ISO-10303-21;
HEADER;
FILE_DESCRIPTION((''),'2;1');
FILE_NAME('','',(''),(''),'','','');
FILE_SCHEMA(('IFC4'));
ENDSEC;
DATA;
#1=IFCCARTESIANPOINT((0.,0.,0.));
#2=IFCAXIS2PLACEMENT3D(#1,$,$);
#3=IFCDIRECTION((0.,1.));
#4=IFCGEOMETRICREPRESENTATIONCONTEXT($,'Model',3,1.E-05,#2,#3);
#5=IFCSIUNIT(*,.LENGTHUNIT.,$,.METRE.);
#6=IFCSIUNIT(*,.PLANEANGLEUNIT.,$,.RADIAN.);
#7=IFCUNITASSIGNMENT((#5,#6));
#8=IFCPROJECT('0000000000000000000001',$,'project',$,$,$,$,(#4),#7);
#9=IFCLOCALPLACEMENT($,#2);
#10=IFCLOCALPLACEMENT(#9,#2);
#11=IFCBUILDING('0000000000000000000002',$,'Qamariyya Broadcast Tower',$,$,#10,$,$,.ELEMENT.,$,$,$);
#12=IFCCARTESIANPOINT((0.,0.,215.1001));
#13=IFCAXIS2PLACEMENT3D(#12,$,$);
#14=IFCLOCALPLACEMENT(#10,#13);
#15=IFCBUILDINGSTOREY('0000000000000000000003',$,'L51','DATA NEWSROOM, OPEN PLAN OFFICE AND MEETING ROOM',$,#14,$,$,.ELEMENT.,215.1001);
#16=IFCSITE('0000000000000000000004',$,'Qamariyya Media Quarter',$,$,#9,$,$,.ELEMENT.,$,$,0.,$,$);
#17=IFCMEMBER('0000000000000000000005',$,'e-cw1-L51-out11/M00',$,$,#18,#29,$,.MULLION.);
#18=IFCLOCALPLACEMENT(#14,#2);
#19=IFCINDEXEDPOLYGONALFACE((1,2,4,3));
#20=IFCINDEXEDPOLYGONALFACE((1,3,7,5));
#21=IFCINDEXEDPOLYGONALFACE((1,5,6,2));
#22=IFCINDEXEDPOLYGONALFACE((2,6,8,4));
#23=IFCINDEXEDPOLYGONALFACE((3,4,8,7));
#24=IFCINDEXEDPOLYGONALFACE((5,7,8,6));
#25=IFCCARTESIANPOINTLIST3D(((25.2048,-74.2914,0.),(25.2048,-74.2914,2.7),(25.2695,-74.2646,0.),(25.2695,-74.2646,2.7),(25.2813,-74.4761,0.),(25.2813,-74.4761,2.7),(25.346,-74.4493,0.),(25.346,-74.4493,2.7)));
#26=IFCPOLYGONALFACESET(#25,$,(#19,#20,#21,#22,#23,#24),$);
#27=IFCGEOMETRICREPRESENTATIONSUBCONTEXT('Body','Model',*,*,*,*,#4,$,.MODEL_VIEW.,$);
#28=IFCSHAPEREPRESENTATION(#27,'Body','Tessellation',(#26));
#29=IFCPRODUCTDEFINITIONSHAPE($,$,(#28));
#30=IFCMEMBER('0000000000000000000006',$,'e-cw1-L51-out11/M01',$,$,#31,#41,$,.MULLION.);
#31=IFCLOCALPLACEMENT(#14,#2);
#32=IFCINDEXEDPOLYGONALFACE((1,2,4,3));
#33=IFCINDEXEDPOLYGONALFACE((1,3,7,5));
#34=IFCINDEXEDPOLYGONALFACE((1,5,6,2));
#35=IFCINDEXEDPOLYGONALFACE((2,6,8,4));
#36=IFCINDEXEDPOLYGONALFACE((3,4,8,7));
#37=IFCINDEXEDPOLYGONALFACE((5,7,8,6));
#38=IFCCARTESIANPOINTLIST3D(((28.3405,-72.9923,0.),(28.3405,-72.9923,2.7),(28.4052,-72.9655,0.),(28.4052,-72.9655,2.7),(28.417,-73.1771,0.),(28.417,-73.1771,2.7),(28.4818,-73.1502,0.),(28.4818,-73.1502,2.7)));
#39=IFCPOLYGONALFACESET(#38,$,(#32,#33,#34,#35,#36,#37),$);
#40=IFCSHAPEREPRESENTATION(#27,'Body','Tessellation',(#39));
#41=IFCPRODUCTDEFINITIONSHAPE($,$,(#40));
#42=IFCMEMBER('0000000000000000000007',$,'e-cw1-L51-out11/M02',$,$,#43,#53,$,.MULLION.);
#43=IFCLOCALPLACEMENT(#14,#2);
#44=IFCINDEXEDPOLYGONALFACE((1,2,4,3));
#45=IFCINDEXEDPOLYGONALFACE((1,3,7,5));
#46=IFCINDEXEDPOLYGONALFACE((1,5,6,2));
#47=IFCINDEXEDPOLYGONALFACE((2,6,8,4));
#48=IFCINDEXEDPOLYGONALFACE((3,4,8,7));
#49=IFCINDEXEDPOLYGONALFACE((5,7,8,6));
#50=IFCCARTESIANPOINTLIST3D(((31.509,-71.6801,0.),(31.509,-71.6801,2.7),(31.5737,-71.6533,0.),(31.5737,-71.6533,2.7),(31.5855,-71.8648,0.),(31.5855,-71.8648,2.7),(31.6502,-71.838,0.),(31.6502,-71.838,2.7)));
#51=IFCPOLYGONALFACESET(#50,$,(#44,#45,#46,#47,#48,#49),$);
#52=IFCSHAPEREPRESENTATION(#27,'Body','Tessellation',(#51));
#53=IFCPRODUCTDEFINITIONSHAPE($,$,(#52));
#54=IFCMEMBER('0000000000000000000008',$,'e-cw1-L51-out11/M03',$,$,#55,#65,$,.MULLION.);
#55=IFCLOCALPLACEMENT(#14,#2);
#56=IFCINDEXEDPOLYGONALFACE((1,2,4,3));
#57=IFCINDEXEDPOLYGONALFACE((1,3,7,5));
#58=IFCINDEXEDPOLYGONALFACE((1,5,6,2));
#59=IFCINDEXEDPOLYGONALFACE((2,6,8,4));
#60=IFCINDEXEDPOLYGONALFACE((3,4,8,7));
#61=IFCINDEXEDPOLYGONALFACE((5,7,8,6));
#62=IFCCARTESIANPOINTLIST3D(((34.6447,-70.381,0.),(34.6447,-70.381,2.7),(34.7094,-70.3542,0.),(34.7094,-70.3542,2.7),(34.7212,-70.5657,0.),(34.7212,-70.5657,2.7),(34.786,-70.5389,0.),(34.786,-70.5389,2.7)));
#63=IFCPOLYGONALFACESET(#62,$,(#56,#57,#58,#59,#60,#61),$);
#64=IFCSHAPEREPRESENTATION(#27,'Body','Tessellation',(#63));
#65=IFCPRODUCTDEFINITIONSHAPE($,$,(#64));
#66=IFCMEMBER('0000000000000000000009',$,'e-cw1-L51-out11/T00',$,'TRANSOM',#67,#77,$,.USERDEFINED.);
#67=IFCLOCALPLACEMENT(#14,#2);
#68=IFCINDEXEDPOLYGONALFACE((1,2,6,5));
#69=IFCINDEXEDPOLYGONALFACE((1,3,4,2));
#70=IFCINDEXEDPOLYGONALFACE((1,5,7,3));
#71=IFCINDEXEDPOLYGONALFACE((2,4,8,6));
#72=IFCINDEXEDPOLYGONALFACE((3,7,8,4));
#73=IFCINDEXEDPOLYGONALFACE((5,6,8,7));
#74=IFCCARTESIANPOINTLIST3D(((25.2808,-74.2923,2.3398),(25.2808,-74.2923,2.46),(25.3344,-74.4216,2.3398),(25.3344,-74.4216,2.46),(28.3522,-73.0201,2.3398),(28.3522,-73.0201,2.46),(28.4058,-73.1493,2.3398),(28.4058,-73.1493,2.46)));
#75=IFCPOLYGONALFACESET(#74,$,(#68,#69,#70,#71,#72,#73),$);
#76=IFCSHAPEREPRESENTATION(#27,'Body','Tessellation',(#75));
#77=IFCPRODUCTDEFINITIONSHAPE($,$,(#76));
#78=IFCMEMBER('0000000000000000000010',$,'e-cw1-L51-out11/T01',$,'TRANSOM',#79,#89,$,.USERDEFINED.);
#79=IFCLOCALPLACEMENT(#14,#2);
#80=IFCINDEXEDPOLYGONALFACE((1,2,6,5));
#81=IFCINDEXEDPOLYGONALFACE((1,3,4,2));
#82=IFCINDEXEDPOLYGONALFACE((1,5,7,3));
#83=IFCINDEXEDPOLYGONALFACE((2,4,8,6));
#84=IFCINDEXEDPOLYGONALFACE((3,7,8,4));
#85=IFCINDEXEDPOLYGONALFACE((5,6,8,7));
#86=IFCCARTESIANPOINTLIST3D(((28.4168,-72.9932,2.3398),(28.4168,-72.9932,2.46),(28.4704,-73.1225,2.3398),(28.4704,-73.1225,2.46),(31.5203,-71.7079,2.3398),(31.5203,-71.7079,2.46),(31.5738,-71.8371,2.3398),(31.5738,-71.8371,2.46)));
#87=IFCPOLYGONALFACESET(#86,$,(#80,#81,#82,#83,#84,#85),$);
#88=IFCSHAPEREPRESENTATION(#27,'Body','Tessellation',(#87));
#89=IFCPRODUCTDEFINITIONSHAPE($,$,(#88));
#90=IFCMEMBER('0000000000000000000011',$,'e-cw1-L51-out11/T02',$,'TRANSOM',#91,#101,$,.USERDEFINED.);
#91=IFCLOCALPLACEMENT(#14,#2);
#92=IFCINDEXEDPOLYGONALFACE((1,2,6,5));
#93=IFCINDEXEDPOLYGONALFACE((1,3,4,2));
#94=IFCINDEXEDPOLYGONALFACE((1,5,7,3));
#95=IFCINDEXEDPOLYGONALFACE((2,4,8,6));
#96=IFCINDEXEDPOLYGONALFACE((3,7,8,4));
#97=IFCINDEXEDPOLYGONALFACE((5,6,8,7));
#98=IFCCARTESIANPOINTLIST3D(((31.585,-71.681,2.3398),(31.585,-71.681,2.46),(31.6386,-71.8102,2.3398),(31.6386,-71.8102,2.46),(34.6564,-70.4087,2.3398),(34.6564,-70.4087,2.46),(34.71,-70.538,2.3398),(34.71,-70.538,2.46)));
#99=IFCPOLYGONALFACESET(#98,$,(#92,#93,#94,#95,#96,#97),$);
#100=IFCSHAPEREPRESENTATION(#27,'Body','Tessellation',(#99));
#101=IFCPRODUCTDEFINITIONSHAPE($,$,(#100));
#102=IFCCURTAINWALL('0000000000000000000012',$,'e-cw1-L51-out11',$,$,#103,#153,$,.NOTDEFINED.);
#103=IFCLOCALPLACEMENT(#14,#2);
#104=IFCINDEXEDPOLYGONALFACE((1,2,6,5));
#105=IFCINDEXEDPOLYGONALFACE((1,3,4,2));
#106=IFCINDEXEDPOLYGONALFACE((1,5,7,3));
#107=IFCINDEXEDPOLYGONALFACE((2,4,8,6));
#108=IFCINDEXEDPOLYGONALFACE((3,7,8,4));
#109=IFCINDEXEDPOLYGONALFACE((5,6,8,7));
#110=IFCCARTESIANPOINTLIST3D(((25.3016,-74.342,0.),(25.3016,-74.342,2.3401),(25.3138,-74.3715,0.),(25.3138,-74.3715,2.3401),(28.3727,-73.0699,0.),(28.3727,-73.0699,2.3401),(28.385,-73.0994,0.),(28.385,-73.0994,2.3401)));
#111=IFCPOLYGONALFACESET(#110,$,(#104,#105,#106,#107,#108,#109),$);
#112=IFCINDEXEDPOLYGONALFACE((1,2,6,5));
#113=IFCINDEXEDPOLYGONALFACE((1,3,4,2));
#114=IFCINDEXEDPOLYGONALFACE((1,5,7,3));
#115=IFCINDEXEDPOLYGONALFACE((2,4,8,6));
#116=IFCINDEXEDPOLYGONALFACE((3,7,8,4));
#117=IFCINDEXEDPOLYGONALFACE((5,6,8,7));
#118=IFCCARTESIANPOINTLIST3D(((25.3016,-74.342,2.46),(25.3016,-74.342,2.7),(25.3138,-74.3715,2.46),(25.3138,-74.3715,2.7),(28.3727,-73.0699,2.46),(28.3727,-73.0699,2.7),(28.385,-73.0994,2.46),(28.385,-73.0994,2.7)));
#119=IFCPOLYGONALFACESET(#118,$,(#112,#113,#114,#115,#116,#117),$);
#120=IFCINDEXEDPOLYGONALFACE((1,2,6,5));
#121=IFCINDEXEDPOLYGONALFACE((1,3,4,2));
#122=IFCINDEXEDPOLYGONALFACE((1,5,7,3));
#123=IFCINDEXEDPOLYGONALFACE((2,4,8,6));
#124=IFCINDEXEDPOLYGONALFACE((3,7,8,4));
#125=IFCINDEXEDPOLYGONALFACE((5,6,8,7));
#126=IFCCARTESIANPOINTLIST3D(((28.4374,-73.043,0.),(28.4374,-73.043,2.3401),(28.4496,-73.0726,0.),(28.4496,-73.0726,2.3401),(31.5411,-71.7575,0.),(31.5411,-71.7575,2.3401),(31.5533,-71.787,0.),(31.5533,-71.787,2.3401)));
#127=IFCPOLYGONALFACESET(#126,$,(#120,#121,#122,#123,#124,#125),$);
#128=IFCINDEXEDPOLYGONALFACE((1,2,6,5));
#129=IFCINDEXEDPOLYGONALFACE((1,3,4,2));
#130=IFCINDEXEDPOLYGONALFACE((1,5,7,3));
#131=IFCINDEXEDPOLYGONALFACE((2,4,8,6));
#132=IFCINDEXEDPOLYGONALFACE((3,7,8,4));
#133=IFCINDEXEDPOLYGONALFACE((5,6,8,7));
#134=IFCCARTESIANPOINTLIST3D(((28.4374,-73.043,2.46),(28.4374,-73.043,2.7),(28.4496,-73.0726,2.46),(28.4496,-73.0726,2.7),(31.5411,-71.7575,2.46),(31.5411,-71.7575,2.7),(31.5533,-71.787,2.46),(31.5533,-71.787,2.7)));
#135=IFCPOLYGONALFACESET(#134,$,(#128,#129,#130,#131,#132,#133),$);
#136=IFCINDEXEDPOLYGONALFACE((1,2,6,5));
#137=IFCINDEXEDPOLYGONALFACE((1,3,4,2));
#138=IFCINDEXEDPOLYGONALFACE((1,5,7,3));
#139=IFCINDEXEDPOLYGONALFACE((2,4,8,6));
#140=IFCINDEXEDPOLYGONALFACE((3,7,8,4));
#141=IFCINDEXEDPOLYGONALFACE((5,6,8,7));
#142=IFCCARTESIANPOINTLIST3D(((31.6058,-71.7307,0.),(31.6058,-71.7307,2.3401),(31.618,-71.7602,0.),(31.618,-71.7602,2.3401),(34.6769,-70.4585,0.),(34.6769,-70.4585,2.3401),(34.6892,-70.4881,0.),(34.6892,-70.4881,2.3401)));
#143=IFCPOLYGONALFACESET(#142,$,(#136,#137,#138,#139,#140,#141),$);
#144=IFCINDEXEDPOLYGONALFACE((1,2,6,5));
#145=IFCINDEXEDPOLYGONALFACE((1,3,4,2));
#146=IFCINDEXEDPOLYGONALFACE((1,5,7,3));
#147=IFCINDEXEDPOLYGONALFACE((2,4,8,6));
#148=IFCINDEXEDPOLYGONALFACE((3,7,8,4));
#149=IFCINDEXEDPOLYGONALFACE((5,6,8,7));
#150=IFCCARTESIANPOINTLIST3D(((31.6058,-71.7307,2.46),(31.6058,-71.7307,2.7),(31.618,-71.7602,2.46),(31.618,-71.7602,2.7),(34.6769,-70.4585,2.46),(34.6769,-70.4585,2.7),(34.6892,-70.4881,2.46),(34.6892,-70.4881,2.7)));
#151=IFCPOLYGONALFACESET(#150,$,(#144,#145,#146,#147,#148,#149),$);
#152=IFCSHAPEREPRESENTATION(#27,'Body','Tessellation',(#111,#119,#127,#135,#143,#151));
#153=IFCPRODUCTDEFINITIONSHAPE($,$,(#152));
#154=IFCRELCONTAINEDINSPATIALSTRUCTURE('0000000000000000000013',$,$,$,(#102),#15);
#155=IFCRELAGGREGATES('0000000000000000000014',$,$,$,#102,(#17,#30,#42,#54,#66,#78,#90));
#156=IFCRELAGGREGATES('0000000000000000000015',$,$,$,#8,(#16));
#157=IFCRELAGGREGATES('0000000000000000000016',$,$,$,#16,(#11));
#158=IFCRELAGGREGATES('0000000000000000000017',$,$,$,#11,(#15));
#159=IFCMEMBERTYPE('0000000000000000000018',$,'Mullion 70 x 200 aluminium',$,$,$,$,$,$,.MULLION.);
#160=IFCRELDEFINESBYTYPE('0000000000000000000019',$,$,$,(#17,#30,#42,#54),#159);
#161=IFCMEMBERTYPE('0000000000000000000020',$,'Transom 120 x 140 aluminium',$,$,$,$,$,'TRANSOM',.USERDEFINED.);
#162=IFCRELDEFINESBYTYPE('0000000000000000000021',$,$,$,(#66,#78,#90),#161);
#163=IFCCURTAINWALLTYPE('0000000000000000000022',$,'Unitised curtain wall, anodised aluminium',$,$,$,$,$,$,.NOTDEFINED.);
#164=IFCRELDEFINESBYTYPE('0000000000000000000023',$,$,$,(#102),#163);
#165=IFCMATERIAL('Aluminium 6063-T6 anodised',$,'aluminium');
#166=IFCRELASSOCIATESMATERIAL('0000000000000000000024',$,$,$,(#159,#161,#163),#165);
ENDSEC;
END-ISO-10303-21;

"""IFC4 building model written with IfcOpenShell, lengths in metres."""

from ifc_helpers import new_model, si_unit, direction, frame, origin, origin_2d, place, context, subcontext, project, spatial, rectangle, extrude, material, material_profile, profile_set, type_object, element, aggregate, save


model = new_model("IFC4")

# Units and contexts
model_context = context("Model", 3, precision=1e-05, world=origin(), true_north=direction((0.0, 1.0)))
body_context = subcontext(model_context, "Body", "Model", "MODEL_VIEW")
ifc_project = project(units=[si_unit("LENGTHUNIT", "METRE"), si_unit("PLANEANGLEUNIT", "RADIAN")], contexts=[model_context])

# Members
ifc_material = material(Name="Aluminium 6063-T6 anodised", Category="aluminium")
ifc_material_profile_1 = material_profile(ifc_material, rectangle(XDim=0.2, YDim=0.0701, at=origin_2d()))
ifc_profile_set_1 = profile_set([ifc_material_profile_1], Name="Aluminium 6063-T6 anodised")
member_type_1 = type_object("IfcMemberType", Name="Mullion 70 x 200 aluminium", PredefinedType="MULLION", material=ifc_profile_set_1)
site_placement = place(None, origin())
building_placement = place(site_placement, origin())
storey_placement = place(building_placement, frame((0.0, 0.0, 215.1001)))
member_1_placement = place(storey_placement, frame((25.2754, -74.3704, 0.0), z_axis=(0.0, 0.0, 1.0), x_axis=(-0.382683, 0.92388, 0.0)))
member_1 = element("IfcMember", 1, at=member_1_placement, type_object=member_type_1, Name="e-cw1-L51-out11/M00", PredefinedType="MULLION", context=body_context, shape_type="SweptSolid", body=[
    extrude(rectangle(XDim=0.2, YDim=0.0701, at=origin_2d()), origin(), (0.0, 0.0, 1.0), 2.7),
])
member_2_placement = place(storey_placement, frame((28.4111, -73.0713, 0.0), z_axis=(0.0, 0.0, 1.0), x_axis=(-0.382683, 0.92388, 0.0)))
member_2 = element("IfcMember", 2, at=member_2_placement, type_object=member_type_1, Name="e-cw1-L51-out11/M01", PredefinedType="MULLION", context=body_context, shape_type="SweptSolid", body=[
    extrude(rectangle(XDim=0.2, YDim=0.0701, at=origin_2d()), origin(), (0.0, 0.0, 1.0), 2.7),
])
member_3_placement = place(storey_placement, frame((31.5796, -71.759, 0.0), z_axis=(0.0, 0.0, 1.0), x_axis=(-0.382683, 0.92388, 0.0)))
member_3 = element("IfcMember", 3, at=member_3_placement, type_object=member_type_1, Name="e-cw1-L51-out11/M02", PredefinedType="MULLION", context=body_context, shape_type="SweptSolid", body=[
    extrude(rectangle(XDim=0.2, YDim=0.0701, at=origin_2d()), origin(), (0.0, 0.0, 1.0), 2.7),
])
member_4_placement = place(storey_placement, frame((34.7153, -70.46, 0.0), z_axis=(0.0, 0.0, 1.0), x_axis=(-0.382683, 0.92388, 0.0)))
member_4 = element("IfcMember", 4, at=member_4_placement, type_object=member_type_1, Name="e-cw1-L51-out11/M03", PredefinedType="MULLION", context=body_context, shape_type="SweptSolid", body=[
    extrude(rectangle(XDim=0.2, YDim=0.0701, at=origin_2d()), origin(), (0.0, 0.0, 1.0), 2.7),
])
ifc_material_profile_2 = material_profile(ifc_material, rectangle(XDim=0.1399, YDim=0.1201, at=origin_2d()))
ifc_profile_set_2 = profile_set([ifc_material_profile_2], Name="Aluminium 6063-T6 anodised")
member_type_2 = type_object("IfcMemberType", Name="Transom 120 x 140 aluminium", ElementType="TRANSOM", PredefinedType="USERDEFINED", material=ifc_profile_set_2)
member_5_placement = place(storey_placement, frame((25.3076, -74.3569, 2.3999), z_axis=(0.923875, 0.382696, 0.0), x_axis=(-0.382696, 0.923875, 0.0)))
member_5 = element("IfcMember", 5, at=member_5_placement, type_object=member_type_2, Name="e-cw1-L51-out11/T00", ObjectType="TRANSOM", PredefinedType="USERDEFINED", context=body_context, shape_type="SweptSolid", body=[
    extrude(rectangle(XDim=0.1399, YDim=0.1201, at=origin_2d()), origin(), (0.0, 0.0, 1.0), 3.3245),
])
member_6_placement = place(storey_placement, frame((28.4436, -73.0579, 2.3999), z_axis=(0.923892, 0.382653, 0.0), x_axis=(-0.382653, 0.923892, 0.0)))
member_6 = element("IfcMember", 6, at=member_6_placement, type_object=member_type_2, Name="e-cw1-L51-out11/T01", ObjectType="TRANSOM", PredefinedType="USERDEFINED", context=body_context, shape_type="SweptSolid", body=[
    extrude(rectangle(XDim=0.1399, YDim=0.1201, at=origin_2d()), origin(), (0.0, 0.0, 1.0), 3.3591),
])
member_7_placement = place(storey_placement, frame((31.6118, -71.7456, 2.3999), z_axis=(0.923875, 0.382696, 0.0), x_axis=(-0.382696, 0.923875, 0.0)))
member_7 = element("IfcMember", 7, at=member_7_placement, type_object=member_type_2, Name="e-cw1-L51-out11/T02", ObjectType="TRANSOM", PredefinedType="USERDEFINED", context=body_context, shape_type="SweptSolid", body=[
    extrude(rectangle(XDim=0.1399, YDim=0.1201, at=origin_2d()), origin(), (0.0, 0.0, 1.0), 3.3245),
])

# Site, building, storey
site = spatial("IfcSite", under=ifc_project, at=site_placement, Name="Qamariyya Media Quarter", CompositionType="ELEMENT", RefElevation=0.0)
building = spatial("IfcBuilding", under=site, at=building_placement, Name="Qamariyya Broadcast Tower", CompositionType="ELEMENT")
storey = spatial("IfcBuildingStorey", under=building, at=storey_placement, Name="L51", Description="DATA NEWSROOM, OPEN PLAN OFFICE AND MEETING ROOM", CompositionType="ELEMENT", Elevation=215.1001)

# Curtain wall
curtain_wall_type = type_object("IfcCurtainWallType", Name="Unitised curtain wall, anodised aluminium", PredefinedType="NOTDEFINED", material=ifc_material)
curtain_wall_1_placement = place(storey_placement, origin())
curtain_wall_1 = element("IfcCurtainWall", 8, at=curtain_wall_1_placement, inside=storey, type_object=curtain_wall_type, Name="e-cw1-L51-out11", PredefinedType="NOTDEFINED", context=body_context, shape_type="SweptSolid", body=[
    extrude(rectangle(XDim=3.3242, YDim=0.032, at=origin_2d()), frame((26.8433, -73.7207, 0.0), x_axis=(0.923881, 0.38268, 0.0)), (0.0, 0.0, 1.0), 2.3401),
    extrude(rectangle(XDim=3.3242, YDim=0.032, at=origin_2d()), frame((26.8433, -73.7207, 2.46), x_axis=(0.923881, 0.38268, 0.0)), (0.0, 0.0, 1.0), 0.24),
    extrude(rectangle(XDim=3.3594, YDim=0.032, at=origin_2d()), frame((29.9954, -72.415, 0.0), x_axis=(0.923881, 0.38268, 0.0)), (0.0, 0.0, 1.0), 2.3401),
    extrude(rectangle(XDim=3.3594, YDim=0.032, at=origin_2d()), frame((29.9954, -72.415, 2.46), x_axis=(0.923881, 0.38268, 0.0)), (0.0, 0.0, 1.0), 0.24),
    extrude(rectangle(XDim=3.3242, YDim=0.032, at=origin_2d()), frame((33.1475, -71.1094, 0.0), x_axis=(0.923881, 0.38268, 0.0)), (0.0, 0.0, 1.0), 2.3401),
    extrude(rectangle(XDim=3.3242, YDim=0.032, at=origin_2d()), frame((33.1475, -71.1094, 2.46), x_axis=(0.923881, 0.38268, 0.0)), (0.0, 0.0, 1.0), 0.24),
])
aggregate(curtain_wall_1, [member_1, member_2, member_3, member_4, member_5, member_6, member_7])

save(model, "model.ifc")
